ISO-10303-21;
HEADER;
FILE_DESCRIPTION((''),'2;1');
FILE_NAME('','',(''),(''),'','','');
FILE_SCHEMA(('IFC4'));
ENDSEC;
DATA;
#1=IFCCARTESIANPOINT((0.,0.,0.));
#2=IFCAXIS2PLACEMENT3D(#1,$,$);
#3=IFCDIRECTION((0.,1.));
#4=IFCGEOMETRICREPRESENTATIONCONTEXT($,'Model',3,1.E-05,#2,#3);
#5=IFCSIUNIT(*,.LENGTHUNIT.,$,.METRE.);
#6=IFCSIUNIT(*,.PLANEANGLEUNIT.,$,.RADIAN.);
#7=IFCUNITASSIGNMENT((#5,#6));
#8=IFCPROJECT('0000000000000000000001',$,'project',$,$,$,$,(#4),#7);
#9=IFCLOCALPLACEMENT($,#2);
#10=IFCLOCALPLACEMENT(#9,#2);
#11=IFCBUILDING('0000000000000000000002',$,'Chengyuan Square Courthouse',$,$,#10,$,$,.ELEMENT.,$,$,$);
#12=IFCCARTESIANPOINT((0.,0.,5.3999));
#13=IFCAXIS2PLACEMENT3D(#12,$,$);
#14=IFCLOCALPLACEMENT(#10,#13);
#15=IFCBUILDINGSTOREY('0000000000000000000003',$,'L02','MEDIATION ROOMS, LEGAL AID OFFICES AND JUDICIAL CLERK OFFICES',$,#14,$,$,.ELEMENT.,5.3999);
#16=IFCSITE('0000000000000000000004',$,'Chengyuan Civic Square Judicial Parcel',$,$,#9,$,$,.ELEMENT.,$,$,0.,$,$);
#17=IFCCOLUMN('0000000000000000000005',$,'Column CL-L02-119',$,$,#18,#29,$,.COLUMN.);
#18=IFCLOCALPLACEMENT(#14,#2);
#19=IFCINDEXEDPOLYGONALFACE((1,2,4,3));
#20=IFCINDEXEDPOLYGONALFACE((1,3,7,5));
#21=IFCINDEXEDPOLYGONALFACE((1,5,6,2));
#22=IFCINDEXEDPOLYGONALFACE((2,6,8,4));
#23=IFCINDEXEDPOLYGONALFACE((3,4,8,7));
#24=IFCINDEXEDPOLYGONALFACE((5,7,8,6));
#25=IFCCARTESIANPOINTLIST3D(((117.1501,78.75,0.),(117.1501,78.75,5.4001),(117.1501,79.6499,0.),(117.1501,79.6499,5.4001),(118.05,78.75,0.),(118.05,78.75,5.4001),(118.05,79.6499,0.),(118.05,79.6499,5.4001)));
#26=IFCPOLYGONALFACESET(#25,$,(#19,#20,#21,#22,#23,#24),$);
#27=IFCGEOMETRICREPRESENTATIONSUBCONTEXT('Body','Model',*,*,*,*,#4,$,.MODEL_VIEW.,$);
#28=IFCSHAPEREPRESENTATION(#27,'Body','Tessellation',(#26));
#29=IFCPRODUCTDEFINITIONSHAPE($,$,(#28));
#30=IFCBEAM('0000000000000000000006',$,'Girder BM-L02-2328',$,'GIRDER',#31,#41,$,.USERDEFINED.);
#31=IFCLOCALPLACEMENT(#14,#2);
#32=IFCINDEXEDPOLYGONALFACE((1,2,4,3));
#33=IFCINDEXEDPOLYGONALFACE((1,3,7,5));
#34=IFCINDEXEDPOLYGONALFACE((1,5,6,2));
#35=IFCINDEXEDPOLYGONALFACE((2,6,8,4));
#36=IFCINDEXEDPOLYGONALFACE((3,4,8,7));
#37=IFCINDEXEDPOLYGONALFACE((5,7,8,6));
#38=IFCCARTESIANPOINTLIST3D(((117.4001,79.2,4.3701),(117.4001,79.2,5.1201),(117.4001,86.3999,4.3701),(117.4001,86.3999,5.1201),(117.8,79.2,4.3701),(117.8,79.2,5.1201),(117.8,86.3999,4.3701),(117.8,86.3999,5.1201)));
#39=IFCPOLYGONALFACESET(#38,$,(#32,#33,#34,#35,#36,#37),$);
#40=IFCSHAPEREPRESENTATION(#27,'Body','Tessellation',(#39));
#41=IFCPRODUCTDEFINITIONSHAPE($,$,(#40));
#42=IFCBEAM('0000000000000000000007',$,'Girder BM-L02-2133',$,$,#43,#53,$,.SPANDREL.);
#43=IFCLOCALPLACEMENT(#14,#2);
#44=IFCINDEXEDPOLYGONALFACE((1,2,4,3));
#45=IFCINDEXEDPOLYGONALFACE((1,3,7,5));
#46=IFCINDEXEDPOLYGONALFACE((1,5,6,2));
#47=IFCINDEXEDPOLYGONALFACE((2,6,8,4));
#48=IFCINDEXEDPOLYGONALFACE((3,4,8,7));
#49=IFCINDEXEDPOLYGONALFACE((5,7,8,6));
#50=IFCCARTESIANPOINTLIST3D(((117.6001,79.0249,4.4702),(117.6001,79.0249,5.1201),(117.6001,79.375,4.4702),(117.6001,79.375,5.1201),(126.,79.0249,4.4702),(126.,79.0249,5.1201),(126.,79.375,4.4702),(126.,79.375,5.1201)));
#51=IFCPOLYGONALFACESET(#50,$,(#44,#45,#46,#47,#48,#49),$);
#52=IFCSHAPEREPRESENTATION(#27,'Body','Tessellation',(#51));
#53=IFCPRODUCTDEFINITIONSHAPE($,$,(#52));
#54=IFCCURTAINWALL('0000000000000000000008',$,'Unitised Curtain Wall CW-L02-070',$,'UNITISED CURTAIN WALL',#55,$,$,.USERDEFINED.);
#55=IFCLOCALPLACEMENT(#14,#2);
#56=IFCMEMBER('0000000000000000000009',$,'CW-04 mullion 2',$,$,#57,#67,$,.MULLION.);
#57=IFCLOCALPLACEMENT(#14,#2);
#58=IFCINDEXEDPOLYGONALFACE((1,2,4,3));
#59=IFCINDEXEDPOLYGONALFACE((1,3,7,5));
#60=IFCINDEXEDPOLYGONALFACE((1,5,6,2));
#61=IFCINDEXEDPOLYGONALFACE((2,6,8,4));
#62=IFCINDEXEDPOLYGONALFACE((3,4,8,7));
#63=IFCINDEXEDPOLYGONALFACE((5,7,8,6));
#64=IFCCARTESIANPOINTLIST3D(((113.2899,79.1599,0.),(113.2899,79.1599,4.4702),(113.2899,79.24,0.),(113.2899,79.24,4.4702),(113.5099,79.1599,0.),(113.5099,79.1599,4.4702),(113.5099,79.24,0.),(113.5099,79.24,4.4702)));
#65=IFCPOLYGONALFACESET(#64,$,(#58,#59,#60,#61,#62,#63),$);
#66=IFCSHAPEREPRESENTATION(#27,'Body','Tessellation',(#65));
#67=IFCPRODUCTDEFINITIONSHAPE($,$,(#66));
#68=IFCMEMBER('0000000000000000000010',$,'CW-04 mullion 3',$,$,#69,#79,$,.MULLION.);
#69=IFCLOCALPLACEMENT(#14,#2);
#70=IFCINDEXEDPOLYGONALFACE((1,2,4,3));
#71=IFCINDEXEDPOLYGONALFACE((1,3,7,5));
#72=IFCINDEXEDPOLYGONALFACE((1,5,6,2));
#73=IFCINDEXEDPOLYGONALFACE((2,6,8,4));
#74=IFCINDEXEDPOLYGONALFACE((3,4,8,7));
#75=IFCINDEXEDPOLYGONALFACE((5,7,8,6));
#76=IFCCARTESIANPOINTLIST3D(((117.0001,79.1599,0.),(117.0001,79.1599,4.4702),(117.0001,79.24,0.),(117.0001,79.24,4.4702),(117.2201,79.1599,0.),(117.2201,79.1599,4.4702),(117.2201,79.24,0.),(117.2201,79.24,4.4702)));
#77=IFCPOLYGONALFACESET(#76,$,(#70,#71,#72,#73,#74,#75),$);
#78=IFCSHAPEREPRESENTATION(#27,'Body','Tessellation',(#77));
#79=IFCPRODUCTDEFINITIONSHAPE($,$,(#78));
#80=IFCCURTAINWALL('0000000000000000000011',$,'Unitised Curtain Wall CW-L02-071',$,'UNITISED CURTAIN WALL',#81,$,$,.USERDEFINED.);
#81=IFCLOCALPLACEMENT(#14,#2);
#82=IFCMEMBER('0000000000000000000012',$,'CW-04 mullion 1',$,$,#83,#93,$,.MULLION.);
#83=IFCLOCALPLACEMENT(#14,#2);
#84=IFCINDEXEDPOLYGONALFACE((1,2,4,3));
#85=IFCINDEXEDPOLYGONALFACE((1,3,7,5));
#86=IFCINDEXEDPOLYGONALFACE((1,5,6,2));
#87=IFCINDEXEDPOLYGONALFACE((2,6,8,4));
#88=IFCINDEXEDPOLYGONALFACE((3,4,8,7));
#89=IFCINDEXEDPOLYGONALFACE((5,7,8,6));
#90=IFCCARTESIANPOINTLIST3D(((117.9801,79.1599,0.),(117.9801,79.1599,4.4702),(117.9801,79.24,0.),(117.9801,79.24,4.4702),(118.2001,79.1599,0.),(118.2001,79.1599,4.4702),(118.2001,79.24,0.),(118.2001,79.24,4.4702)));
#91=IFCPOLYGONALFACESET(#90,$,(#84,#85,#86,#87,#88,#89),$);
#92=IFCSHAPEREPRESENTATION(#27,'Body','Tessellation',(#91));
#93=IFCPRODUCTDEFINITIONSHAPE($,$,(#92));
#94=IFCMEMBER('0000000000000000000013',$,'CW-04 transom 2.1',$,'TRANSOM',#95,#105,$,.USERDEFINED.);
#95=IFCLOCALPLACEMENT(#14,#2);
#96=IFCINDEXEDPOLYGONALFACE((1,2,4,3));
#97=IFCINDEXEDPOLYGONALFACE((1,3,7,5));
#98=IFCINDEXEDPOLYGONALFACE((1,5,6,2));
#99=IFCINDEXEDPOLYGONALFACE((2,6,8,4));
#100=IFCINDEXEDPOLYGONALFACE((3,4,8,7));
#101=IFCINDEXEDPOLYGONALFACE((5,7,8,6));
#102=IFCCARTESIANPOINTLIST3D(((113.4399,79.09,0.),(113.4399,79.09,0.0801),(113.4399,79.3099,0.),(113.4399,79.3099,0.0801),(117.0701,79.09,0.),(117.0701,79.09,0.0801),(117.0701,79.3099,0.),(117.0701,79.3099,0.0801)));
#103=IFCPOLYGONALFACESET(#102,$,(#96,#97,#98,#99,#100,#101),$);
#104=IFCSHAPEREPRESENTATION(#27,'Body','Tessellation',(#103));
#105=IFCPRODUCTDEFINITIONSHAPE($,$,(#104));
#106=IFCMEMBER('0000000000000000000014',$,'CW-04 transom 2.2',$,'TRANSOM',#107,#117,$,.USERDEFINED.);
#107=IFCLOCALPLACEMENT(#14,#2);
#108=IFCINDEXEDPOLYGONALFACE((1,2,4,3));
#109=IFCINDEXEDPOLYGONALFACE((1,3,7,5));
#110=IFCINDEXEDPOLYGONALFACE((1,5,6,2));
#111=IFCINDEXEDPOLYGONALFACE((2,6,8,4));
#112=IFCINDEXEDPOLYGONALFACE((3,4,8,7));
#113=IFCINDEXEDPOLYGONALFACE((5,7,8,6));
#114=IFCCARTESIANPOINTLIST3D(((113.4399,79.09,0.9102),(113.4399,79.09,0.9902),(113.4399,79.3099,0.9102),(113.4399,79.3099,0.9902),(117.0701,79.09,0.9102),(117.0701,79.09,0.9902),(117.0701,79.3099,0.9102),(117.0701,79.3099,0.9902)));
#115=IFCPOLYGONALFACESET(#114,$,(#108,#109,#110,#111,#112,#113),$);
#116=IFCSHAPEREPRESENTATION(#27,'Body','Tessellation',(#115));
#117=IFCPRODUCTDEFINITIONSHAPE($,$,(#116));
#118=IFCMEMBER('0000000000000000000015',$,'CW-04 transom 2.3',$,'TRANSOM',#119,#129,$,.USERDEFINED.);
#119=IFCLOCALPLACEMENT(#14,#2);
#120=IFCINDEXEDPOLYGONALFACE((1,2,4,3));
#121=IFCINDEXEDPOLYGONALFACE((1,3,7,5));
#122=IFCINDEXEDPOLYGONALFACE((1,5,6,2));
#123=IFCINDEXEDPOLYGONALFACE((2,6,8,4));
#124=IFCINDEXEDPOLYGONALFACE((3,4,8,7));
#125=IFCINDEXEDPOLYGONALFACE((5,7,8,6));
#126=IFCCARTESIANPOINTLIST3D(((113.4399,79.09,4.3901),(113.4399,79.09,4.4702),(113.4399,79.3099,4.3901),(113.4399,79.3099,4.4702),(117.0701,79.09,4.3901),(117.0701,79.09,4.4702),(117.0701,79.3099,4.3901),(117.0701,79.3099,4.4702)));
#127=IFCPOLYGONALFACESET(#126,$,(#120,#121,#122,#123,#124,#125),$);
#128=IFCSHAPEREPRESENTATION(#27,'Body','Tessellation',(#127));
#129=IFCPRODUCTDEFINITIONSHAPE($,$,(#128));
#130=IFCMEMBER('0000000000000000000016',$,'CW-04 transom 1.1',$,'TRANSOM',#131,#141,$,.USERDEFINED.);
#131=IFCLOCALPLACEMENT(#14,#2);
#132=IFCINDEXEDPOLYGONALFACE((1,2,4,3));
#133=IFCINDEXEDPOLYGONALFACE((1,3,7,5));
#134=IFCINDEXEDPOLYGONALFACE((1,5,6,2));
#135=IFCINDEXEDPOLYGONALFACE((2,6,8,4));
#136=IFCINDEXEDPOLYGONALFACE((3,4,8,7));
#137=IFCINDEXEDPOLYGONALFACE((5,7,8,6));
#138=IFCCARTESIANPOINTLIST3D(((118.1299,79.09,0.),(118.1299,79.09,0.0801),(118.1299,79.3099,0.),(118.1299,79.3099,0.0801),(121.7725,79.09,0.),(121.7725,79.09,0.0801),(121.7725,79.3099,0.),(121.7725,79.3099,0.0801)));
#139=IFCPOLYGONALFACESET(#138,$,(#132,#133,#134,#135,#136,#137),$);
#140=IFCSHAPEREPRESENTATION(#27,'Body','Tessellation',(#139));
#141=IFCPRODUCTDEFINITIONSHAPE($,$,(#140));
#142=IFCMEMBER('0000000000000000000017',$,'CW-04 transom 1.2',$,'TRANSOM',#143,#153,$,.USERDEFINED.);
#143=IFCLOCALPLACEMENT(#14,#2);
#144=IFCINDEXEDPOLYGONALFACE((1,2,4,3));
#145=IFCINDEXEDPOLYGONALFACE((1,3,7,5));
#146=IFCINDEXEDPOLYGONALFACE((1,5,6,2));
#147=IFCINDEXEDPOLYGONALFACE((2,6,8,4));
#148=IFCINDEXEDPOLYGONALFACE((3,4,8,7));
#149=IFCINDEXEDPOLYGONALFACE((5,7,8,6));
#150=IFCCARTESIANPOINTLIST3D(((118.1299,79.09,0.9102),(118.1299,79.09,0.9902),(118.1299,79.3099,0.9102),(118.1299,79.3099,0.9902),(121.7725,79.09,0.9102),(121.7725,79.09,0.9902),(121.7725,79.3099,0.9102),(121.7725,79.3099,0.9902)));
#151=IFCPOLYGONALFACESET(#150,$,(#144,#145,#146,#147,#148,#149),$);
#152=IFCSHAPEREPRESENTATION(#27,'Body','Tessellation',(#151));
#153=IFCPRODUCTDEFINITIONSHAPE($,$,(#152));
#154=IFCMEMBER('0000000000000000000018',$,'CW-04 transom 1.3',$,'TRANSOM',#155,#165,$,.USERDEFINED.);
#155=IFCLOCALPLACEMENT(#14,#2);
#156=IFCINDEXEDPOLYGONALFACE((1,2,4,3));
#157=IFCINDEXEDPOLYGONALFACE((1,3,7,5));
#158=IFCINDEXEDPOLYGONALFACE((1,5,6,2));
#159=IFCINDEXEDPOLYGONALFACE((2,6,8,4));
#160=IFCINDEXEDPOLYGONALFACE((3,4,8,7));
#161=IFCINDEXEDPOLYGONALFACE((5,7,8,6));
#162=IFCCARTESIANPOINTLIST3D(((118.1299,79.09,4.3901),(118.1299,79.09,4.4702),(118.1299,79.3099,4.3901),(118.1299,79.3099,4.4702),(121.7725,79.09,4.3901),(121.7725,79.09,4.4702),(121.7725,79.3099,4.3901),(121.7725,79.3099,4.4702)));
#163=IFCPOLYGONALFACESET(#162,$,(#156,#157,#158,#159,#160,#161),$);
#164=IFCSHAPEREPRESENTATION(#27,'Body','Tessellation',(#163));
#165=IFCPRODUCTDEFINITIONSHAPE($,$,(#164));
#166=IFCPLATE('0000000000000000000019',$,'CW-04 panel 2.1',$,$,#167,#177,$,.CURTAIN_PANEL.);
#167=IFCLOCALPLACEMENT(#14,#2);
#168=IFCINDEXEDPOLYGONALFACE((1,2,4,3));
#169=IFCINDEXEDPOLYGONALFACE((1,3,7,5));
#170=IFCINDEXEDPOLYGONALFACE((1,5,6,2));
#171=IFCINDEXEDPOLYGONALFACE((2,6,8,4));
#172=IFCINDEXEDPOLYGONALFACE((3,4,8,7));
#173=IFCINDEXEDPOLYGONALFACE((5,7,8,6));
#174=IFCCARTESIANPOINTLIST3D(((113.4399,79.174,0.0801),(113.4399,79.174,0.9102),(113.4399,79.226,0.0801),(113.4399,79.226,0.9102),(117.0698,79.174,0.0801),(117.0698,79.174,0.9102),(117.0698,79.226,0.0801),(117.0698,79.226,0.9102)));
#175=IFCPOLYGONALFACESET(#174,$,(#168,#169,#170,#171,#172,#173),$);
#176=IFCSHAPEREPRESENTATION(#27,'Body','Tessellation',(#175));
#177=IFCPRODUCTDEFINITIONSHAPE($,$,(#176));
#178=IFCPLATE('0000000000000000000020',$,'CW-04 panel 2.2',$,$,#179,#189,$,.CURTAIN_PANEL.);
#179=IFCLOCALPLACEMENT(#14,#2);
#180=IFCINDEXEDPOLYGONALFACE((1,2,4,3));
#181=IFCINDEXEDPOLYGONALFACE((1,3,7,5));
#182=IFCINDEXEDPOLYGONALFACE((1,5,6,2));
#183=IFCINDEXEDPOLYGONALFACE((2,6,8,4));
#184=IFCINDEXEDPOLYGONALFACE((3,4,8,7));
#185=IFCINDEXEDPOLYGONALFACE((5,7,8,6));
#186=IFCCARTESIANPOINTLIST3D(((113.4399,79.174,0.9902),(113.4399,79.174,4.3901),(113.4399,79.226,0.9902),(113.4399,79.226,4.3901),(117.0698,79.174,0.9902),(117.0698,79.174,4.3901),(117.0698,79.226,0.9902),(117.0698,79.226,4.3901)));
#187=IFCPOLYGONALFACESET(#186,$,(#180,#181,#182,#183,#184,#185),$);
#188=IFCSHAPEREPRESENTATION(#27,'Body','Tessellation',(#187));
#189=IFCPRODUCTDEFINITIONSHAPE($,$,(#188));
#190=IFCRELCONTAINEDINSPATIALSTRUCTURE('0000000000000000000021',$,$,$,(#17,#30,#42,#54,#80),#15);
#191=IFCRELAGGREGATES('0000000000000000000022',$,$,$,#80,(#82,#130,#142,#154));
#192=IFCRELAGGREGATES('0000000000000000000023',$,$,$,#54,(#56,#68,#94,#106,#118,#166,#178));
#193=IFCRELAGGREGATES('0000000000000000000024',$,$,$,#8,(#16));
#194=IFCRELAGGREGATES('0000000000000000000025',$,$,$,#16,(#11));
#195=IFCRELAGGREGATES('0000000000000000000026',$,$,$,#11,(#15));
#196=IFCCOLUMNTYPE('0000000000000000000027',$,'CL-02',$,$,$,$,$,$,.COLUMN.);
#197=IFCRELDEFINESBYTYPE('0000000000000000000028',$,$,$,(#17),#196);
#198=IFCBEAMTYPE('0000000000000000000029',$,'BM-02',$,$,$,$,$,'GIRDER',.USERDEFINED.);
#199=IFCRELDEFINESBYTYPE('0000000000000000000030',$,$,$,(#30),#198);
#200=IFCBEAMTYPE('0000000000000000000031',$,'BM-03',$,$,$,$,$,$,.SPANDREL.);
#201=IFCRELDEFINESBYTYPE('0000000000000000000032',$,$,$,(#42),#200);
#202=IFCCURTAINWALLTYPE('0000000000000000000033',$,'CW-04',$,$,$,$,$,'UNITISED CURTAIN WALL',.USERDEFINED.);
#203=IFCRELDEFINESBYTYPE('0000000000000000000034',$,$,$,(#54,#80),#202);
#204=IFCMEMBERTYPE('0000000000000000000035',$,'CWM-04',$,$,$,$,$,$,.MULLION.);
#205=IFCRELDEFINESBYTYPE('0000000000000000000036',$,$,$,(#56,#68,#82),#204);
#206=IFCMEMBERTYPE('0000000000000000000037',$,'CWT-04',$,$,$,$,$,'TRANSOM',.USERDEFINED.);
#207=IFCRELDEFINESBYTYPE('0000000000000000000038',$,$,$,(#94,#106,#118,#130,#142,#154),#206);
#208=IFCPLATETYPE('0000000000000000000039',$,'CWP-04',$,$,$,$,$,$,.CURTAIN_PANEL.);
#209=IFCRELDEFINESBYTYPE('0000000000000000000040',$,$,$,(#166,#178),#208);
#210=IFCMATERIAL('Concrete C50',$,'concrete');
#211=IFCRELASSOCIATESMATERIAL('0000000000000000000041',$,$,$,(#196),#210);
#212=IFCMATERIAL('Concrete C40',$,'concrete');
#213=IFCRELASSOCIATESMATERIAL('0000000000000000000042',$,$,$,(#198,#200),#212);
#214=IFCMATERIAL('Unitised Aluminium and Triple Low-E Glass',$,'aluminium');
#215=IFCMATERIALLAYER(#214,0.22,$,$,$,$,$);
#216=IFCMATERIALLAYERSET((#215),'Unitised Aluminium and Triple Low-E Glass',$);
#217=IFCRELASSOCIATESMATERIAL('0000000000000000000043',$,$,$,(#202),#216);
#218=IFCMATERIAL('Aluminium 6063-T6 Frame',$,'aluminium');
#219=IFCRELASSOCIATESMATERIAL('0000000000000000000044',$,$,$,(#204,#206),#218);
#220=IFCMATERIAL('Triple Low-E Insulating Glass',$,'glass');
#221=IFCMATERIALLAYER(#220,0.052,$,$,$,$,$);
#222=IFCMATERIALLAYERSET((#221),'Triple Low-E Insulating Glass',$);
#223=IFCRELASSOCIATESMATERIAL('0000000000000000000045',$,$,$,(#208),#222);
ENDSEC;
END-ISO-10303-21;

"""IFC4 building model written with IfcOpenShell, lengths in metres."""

from ifc_helpers import new_model, si_unit, direction, frame, origin, origin_2d, place, context, subcontext, project, spatial, rectangle, extrude, material, layer, layer_set, material_profile, profile_set, type_object, element, aggregate, save


model = new_model("IFC4")

# Units and contexts
model_context = context("Model", 3, precision=1e-05, world=origin(), true_north=direction((0.0, 1.0)))
body_context = subcontext(model_context, "Body", "Model", "MODEL_VIEW")
ifc_project = project(units=[si_unit("LENGTHUNIT", "METRE"), si_unit("PLANEANGLEUNIT", "RADIAN")], contexts=[model_context])

# Site, building, storey
site_placement = place(None, origin())
site = spatial("IfcSite", under=ifc_project, at=site_placement, Name="Chengyuan Civic Square Judicial Parcel", CompositionType="ELEMENT", RefElevation=0.0)
building_placement = place(site_placement, origin())
building = spatial("IfcBuilding", under=site, at=building_placement, Name="Chengyuan Square Courthouse", CompositionType="ELEMENT")
storey_placement = place(building_placement, frame((0.0, 0.0, 5.3999)))
storey = spatial("IfcBuildingStorey", under=building, at=storey_placement, Name="L02", Description="MEDIATION ROOMS, LEGAL AID OFFICES AND JUDICIAL CLERK OFFICES", CompositionType="ELEMENT", Elevation=5.3999)

# Column
ifc_material_1 = material(Name="Concrete C50", Category="concrete")
ifc_material_profile_1 = material_profile(ifc_material_1, rectangle(XDim=0.8999, YDim=0.8999, at=origin_2d()), Name="RC-COL-900x900")
ifc_profile_set_1 = profile_set([ifc_material_profile_1], Name="Concrete C50")
column_type = type_object("IfcColumnType", Name="CL-02", PredefinedType="COLUMN", material=ifc_profile_set_1)
column_placement = place(storey_placement, frame((117.6001, 79.2, 0.0), z_axis=(0.0, 0.0, 1.0), x_axis=(1.0, 0.0, 0.0)))
element("IfcColumn", 1, at=column_placement, inside=storey, type_object=column_type, Name="Column CL-L02-119", PredefinedType="COLUMN", context=body_context, shape_type="SweptSolid", body=[
    extrude(rectangle(XDim=0.8999, YDim=0.8999, at=origin_2d()), origin(), (0.0, 0.0, 1.0), 5.4001),
])

# Beams
ifc_material_2 = material(Name="Concrete C40", Category="concrete")
ifc_material_profile_2 = material_profile(ifc_material_2, rectangle(XDim=0.3999, YDim=0.75, at=origin_2d()), Name="RC-BM-400x750")
ifc_profile_set_2 = profile_set([ifc_material_profile_2], Name="Concrete C40")
beam_type_1 = type_object("IfcBeamType", Name="BM-02", ElementType="GIRDER", PredefinedType="USERDEFINED", material=ifc_profile_set_2)
beam_1_placement = place(storey_placement, frame((117.6001, 79.2, 4.7451), z_axis=(0.0, 1.0, 0.0), x_axis=(-1.0, 0.0, 0.0)))
element("IfcBeam", 2, at=beam_1_placement, inside=storey, type_object=beam_type_1, Name="Girder BM-L02-2328", ObjectType="GIRDER", PredefinedType="USERDEFINED", context=body_context, shape_type="SweptSolid", body=[
    extrude(rectangle(XDim=0.3999, YDim=0.75, at=origin_2d()), origin(), (0.0, 0.0, 1.0), 7.2),
])
ifc_material_profile_3 = material_profile(ifc_material_2, rectangle(XDim=0.3501, YDim=0.6499, at=origin_2d()), Name="RC-BM-350x650")
ifc_profile_set_3 = profile_set([ifc_material_profile_3], Name="Concrete C40")
beam_type_2 = type_object("IfcBeamType", Name="BM-03", PredefinedType="SPANDREL", material=ifc_profile_set_3)
beam_2_placement = place(storey_placement, frame((117.6001, 79.2, 4.7952), z_axis=(1.0, 0.0, 0.0), x_axis=(0.0, 1.0, 0.0)))
element("IfcBeam", 3, at=beam_2_placement, inside=storey, type_object=beam_type_2, Name="Girder BM-L02-2133", PredefinedType="SPANDREL", context=body_context, shape_type="SweptSolid", body=[
    extrude(rectangle(XDim=0.3501, YDim=0.6499, at=origin_2d()), origin(), (0.0, 0.0, 1.0), 8.3999),
])

# Curtain wall, members
ifc_material_3 = material(Name="Unitised Aluminium and Triple Low-E Glass", Category="aluminium")
ifc_layer_1 = layer(ifc_material_3, 0.22)
ifc_layer_set_1 = layer_set([ifc_layer_1], Name="Unitised Aluminium and Triple Low-E Glass")
curtain_wall_type = type_object("IfcCurtainWallType", Name="CW-04", ElementType="UNITISED CURTAIN WALL", PredefinedType="USERDEFINED", material=ifc_layer_set_1)
curtain_wall_1_placement = place(storey_placement, origin())
curtain_wall_1 = element("IfcCurtainWall", 4, at=curtain_wall_1_placement, inside=storey, type_object=curtain_wall_type, Name="Unitised Curtain Wall CW-L02-070", ObjectType="UNITISED CURTAIN WALL", PredefinedType="USERDEFINED")
ifc_material_4 = material(Name="Aluminium 6063-T6 Frame", Category="aluminium")
ifc_material_profile_4 = material_profile(ifc_material_4, rectangle(XDim=0.0801, YDim=0.22, at=origin_2d()), Name="CW-MUL-80x220")
ifc_profile_set_4 = profile_set([ifc_material_profile_4], Name="Aluminium 6063-T6 Frame")
member_type_1 = type_object("IfcMemberType", Name="CWM-04", PredefinedType="MULLION", material=ifc_profile_set_4)
member_1_placement = place(storey_placement, frame((113.3999, 79.2, 0.0), z_axis=(0.0, 0.0, 1.0), x_axis=(0.0, 1.0, 0.0)))
member_1 = element("IfcMember", 5, at=member_1_placement, type_object=member_type_1, Name="CW-04 mullion 2", PredefinedType="MULLION", context=body_context, shape_type="SweptSolid", body=[
    extrude(rectangle(XDim=0.0801, YDim=0.22, at=origin_2d()), origin(), (0.0, 0.0, 1.0), 4.4702),
])
member_2_placement = place(storey_placement, frame((117.1101, 79.2, 0.0), z_axis=(0.0, 0.0, 1.0), x_axis=(0.0, 1.0, 0.0)))
member_2 = element("IfcMember", 6, at=member_2_placement, type_object=member_type_1, Name="CW-04 mullion 3", PredefinedType="MULLION", context=body_context, shape_type="SweptSolid", body=[
    extrude(rectangle(XDim=0.0801, YDim=0.22, at=origin_2d()), origin(), (0.0, 0.0, 1.0), 4.4702),
])

# Curtain wall, member
curtain_wall_2_placement = place(storey_placement, origin())
curtain_wall_2 = element("IfcCurtainWall", 7, at=curtain_wall_2_placement, inside=storey, type_object=curtain_wall_type, Name="Unitised Curtain Wall CW-L02-071", ObjectType="UNITISED CURTAIN WALL", PredefinedType="USERDEFINED")
member_3_placement = place(storey_placement, frame((118.0901, 79.2, 0.0), z_axis=(0.0, 0.0, 1.0), x_axis=(0.0, 1.0, 0.0)))
member_3 = element("IfcMember", 8, at=member_3_placement, type_object=member_type_1, Name="CW-04 mullion 1", PredefinedType="MULLION", context=body_context, shape_type="SweptSolid", body=[
    extrude(rectangle(XDim=0.0801, YDim=0.22, at=origin_2d()), origin(), (0.0, 0.0, 1.0), 4.4702),
])

# Members
ifc_material_profile_5 = material_profile(ifc_material_4, rectangle(XDim=0.22, YDim=0.0801, at=origin_2d()), Name="CW-TRN-80x180")
ifc_profile_set_5 = profile_set([ifc_material_profile_5], Name="Aluminium 6063-T6 Frame")
member_type_2 = type_object("IfcMemberType", Name="CWT-04", ElementType="TRANSOM", PredefinedType="USERDEFINED", material=ifc_profile_set_5)
member_4_placement = place(storey_placement, frame((113.4399, 79.2, 0.04), z_axis=(1.0, 0.0, 0.0), x_axis=(0.0, 1.0, 0.0)))
member_4 = element("IfcMember", 9, at=member_4_placement, type_object=member_type_2, Name="CW-04 transom 2.1", ObjectType="TRANSOM", PredefinedType="USERDEFINED", context=body_context, shape_type="SweptSolid", body=[
    extrude(rectangle(XDim=0.22, YDim=0.0801, at=origin_2d()), origin(), (0.0, 0.0, 1.0), 3.6301),
])
member_5_placement = place(storey_placement, frame((113.4399, 79.2, 0.9502), z_axis=(1.0, 0.0, 0.0), x_axis=(0.0, 1.0, 0.0)))
member_5 = element("IfcMember", 10, at=member_5_placement, type_object=member_type_2, Name="CW-04 transom 2.2", ObjectType="TRANSOM", PredefinedType="USERDEFINED", context=body_context, shape_type="SweptSolid", body=[
    extrude(rectangle(XDim=0.22, YDim=0.0801, at=origin_2d()), origin(), (0.0, 0.0, 1.0), 3.6301),
])
member_6_placement = place(storey_placement, frame((113.4399, 79.2, 4.4302), z_axis=(1.0, 0.0, 0.0), x_axis=(0.0, 1.0, 0.0)))
member_6 = element("IfcMember", 11, at=member_6_placement, type_object=member_type_2, Name="CW-04 transom 2.3", ObjectType="TRANSOM", PredefinedType="USERDEFINED", context=body_context, shape_type="SweptSolid", body=[
    extrude(rectangle(XDim=0.22, YDim=0.0801, at=origin_2d()), origin(), (0.0, 0.0, 1.0), 3.6301),
])
member_7_placement = place(storey_placement, frame((118.1299, 79.2, 0.04), z_axis=(1.0, 0.0, 0.0), x_axis=(0.0, 1.0, 0.0)))
member_7 = element("IfcMember", 12, at=member_7_placement, type_object=member_type_2, Name="CW-04 transom 1.1", ObjectType="TRANSOM", PredefinedType="USERDEFINED", context=body_context, shape_type="SweptSolid", body=[
    extrude(rectangle(XDim=0.22, YDim=0.0801, at=origin_2d()), origin(), (0.0, 0.0, 1.0), 3.6426),
])
member_8_placement = place(storey_placement, frame((118.1299, 79.2, 0.9502), z_axis=(1.0, 0.0, 0.0), x_axis=(0.0, 1.0, 0.0)))
member_8 = element("IfcMember", 13, at=member_8_placement, type_object=member_type_2, Name="CW-04 transom 1.2", ObjectType="TRANSOM", PredefinedType="USERDEFINED", context=body_context, shape_type="SweptSolid", body=[
    extrude(rectangle(XDim=0.22, YDim=0.0801, at=origin_2d()), origin(), (0.0, 0.0, 1.0), 3.6426),
])
member_9_placement = place(storey_placement, frame((118.1299, 79.2, 4.4302), z_axis=(1.0, 0.0, 0.0), x_axis=(0.0, 1.0, 0.0)))
member_9 = element("IfcMember", 14, at=member_9_placement, type_object=member_type_2, Name="CW-04 transom 1.3", ObjectType="TRANSOM", PredefinedType="USERDEFINED", context=body_context, shape_type="SweptSolid", body=[
    extrude(rectangle(XDim=0.22, YDim=0.0801, at=origin_2d()), origin(), (0.0, 0.0, 1.0), 3.6426),
])
aggregate(curtain_wall_2, [member_3, member_7, member_8, member_9])

# Plates
ifc_material_5 = material(Name="Triple Low-E Insulating Glass", Category="glass")
ifc_layer_2 = layer(ifc_material_5, 0.052)
ifc_layer_set_2 = layer_set([ifc_layer_2], Name="Triple Low-E Insulating Glass")
plate_type = type_object("IfcPlateType", Name="CWP-04", PredefinedType="CURTAIN_PANEL", material=ifc_layer_set_2)
plate_1_placement = place(storey_placement, frame((115.2549, 79.2, 0.0801), z_axis=(0.0, 0.0, 1.0), x_axis=(1.0, 0.0, 0.0)))
plate_1 = element("IfcPlate", 15, at=plate_1_placement, type_object=plate_type, Name="CW-04 panel 2.1", PredefinedType="CURTAIN_PANEL", context=body_context, shape_type="SweptSolid", body=[
    extrude(rectangle(XDim=3.6299, YDim=0.052, at=origin_2d()), origin(), (0.0, 0.0, 1.0), 0.8301),
])
plate_2_placement = place(storey_placement, frame((115.2549, 79.2, 0.9902), z_axis=(0.0, 0.0, 1.0), x_axis=(1.0, 0.0, 0.0)))
plate_2 = element("IfcPlate", 16, at=plate_2_placement, type_object=plate_type, Name="CW-04 panel 2.2", PredefinedType="CURTAIN_PANEL", context=body_context, shape_type="SweptSolid", body=[
    extrude(rectangle(XDim=3.6299, YDim=0.052, at=origin_2d()), origin(), (0.0, 0.0, 1.0), 3.3999),
])
aggregate(curtain_wall_1, [member_1, member_2, member_4, member_5, member_6, plate_1, plate_2])

save(model, "model.ifc")
